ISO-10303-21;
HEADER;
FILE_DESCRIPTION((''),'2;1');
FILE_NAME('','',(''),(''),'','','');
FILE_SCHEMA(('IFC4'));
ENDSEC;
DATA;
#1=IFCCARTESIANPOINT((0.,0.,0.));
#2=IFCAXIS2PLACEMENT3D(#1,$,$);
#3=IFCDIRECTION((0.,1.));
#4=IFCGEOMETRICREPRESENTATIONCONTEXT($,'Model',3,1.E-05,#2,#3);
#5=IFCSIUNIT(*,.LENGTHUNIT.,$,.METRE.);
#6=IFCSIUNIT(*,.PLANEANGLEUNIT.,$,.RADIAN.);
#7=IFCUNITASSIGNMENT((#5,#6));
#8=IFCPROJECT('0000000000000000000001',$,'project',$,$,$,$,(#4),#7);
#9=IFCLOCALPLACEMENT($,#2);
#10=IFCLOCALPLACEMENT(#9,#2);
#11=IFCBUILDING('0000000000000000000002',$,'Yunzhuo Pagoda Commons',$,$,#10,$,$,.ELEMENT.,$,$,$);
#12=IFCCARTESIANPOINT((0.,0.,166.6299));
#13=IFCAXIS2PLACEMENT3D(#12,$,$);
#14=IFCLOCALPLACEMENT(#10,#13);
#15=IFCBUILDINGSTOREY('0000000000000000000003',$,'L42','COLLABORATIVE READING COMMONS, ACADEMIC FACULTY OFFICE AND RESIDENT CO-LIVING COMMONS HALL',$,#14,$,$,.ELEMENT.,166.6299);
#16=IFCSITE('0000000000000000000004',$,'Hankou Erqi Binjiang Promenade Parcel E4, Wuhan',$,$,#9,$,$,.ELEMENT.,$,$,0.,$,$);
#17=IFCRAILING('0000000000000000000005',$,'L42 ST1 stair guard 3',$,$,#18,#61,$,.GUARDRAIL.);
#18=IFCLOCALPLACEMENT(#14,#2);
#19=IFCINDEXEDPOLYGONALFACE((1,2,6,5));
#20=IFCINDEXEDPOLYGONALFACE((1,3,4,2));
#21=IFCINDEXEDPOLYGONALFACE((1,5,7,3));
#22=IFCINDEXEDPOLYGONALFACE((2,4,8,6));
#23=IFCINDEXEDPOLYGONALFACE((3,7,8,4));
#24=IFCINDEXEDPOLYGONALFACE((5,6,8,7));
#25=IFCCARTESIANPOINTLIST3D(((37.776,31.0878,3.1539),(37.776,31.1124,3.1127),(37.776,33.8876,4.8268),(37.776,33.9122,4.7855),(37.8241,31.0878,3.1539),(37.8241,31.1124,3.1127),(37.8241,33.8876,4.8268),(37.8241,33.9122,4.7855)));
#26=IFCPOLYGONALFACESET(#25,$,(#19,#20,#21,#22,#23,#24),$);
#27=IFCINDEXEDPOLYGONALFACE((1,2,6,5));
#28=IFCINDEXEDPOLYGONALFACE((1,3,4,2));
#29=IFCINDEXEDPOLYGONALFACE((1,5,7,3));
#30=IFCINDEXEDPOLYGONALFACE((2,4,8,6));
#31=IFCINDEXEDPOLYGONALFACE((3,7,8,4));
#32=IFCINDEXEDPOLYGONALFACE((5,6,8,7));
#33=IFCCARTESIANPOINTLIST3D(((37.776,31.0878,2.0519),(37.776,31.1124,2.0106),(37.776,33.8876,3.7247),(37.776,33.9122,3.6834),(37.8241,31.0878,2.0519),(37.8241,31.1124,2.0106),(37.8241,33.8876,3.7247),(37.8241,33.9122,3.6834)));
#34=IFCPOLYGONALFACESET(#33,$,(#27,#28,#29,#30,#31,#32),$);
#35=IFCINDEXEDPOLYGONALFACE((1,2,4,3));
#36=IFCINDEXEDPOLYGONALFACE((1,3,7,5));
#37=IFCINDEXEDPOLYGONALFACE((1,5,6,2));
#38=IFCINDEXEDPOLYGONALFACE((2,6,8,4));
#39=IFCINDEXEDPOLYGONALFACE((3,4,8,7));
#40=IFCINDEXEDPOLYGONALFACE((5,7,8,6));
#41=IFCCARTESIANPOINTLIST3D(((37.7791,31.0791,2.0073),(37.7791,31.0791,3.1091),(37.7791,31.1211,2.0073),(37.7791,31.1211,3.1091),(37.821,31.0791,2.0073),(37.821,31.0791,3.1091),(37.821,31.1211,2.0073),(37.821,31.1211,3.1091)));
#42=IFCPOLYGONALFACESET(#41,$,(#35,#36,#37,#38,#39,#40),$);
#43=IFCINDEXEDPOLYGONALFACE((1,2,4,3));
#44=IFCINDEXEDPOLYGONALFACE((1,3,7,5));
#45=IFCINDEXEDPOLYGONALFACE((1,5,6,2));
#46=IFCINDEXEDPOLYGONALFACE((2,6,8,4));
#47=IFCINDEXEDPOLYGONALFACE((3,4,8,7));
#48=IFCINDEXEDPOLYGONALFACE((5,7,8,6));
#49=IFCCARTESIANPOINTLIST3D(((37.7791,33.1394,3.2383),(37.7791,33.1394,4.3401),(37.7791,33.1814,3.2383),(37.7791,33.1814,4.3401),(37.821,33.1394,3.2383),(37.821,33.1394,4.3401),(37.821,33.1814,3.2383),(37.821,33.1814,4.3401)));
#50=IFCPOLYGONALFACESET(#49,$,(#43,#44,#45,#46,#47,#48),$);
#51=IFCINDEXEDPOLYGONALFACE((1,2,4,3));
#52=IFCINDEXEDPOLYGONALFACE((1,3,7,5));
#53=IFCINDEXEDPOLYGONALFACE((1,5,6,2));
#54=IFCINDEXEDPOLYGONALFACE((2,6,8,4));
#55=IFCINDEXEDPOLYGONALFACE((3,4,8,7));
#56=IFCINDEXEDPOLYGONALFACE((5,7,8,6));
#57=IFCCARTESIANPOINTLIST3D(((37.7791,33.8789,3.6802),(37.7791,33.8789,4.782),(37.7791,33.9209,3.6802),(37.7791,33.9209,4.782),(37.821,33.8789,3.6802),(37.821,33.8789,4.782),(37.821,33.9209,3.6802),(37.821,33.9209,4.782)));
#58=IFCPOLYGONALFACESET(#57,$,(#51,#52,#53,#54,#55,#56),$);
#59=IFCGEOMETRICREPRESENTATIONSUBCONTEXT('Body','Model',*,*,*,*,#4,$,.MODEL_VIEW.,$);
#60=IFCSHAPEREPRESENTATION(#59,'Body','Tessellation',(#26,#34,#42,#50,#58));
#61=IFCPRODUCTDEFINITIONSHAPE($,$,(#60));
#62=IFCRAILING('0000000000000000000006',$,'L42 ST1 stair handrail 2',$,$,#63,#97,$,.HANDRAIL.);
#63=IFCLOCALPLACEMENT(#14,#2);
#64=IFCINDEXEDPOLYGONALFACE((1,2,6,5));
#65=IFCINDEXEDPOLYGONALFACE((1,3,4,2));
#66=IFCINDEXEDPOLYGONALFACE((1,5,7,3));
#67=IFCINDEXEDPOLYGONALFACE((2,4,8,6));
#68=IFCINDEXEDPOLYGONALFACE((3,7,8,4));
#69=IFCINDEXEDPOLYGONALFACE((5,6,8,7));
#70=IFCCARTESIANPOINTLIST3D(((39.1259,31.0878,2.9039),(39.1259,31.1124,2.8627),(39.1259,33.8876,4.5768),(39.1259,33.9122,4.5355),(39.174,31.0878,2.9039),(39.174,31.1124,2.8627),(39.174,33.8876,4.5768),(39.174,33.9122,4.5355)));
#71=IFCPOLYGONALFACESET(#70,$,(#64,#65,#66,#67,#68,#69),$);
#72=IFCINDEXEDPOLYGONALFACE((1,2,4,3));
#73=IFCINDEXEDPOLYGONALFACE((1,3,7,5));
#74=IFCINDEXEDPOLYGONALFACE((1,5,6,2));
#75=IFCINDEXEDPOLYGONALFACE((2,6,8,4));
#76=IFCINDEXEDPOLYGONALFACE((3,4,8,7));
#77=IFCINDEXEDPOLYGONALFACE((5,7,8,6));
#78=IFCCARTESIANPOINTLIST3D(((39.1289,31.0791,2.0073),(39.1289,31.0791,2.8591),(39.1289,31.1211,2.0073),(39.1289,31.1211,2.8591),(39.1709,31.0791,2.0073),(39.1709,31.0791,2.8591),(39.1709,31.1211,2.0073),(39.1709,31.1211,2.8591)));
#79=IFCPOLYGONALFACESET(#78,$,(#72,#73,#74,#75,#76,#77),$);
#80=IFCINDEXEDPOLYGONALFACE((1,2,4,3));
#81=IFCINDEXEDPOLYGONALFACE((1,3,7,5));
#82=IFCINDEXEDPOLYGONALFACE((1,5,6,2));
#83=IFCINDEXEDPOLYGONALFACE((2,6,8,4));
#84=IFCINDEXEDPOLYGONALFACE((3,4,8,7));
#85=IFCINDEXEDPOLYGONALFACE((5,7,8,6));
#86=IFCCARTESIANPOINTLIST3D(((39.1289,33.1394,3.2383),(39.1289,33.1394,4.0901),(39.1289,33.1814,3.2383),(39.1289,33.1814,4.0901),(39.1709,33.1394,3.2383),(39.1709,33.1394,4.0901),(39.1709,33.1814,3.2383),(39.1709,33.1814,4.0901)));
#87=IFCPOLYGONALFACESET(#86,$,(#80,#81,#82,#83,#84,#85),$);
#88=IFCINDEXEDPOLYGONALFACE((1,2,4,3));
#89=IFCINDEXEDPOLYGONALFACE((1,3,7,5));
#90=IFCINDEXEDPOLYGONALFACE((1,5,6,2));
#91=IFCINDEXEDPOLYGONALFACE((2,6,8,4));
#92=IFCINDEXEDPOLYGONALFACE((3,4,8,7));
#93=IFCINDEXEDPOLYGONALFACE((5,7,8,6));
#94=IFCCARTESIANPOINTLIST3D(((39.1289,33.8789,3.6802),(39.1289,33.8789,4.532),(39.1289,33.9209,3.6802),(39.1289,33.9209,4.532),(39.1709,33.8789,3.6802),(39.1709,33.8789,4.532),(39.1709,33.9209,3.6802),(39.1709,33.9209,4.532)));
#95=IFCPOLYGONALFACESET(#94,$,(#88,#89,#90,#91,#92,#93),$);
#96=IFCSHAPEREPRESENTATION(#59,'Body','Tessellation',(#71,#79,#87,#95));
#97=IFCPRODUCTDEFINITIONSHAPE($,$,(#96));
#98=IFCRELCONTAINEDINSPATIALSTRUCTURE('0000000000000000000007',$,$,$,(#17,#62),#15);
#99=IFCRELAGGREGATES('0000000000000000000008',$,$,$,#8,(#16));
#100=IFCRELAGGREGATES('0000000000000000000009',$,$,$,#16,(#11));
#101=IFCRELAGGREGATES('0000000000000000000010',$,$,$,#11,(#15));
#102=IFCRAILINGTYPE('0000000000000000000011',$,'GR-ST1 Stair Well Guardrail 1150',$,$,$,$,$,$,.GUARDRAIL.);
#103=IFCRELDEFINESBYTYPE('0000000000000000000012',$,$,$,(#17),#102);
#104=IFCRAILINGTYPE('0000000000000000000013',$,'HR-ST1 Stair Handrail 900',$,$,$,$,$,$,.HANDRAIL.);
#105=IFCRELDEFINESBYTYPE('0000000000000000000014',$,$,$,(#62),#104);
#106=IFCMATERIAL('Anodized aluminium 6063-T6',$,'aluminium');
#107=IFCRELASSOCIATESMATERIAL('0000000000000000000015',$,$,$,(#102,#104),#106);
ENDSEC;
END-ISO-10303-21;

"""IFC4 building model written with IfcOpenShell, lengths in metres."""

from ifc_helpers import new_model, si_unit, direction, frame, origin, origin_2d, place, context, subcontext, project, spatial, rectangle, extrude, material, type_object, element, save


model = new_model("IFC4")

# Units and contexts
model_context = context("Model", 3, precision=1e-05, world=origin(), true_north=direction((0.0, 1.0)))
body_context = subcontext(model_context, "Body", "Model", "MODEL_VIEW")
ifc_project = project(units=[si_unit("LENGTHUNIT", "METRE"), si_unit("PLANEANGLEUNIT", "RADIAN")], contexts=[model_context])

# Site, building, storey
site_placement = place(None, origin())
site = spatial("IfcSite", under=ifc_project, at=site_placement, Name="Hankou Erqi Binjiang Promenade Parcel E4, Wuhan", CompositionType="ELEMENT", RefElevation=0.0)
building_placement = place(site_placement, origin())
building = spatial("IfcBuilding", under=site, at=building_placement, Name="Yunzhuo Pagoda Commons", CompositionType="ELEMENT")
storey_placement = place(building_placement, frame((0.0, 0.0, 166.6299)))
storey = spatial("IfcBuildingStorey", under=building, at=storey_placement, Name="L42", Description="COLLABORATIVE READING COMMONS, ACADEMIC FACULTY OFFICE AND RESIDENT CO-LIVING COMMONS HALL", CompositionType="ELEMENT", Elevation=166.6299)

# Railings
ifc_material_1 = material(Name="Anodized aluminium 6063-T6", Category="aluminium")
railing_type_1 = type_object("IfcRailingType", Name="GR-ST1 Stair Well Guardrail 1150", PredefinedType="GUARDRAIL", material=ifc_material_1)
railing_1_placement = place(storey_placement, frame((37.8, 31.1001, 2.0073)))
element("IfcRailing", 1, at=railing_1_placement, inside=storey, type_object=railing_type_1, Name="L42 ST1 stair guard 3", PredefinedType="GUARDRAIL", context=body_context, shape_type="SweptSolid", body=[
    extrude(rectangle(XDim=0.0481, YDim=0.0481, at=origin_2d()), frame((0.0, 0.0, 1.126), z_axis=(0.0, 0.858443, 0.51291), x_axis=(-1.0, 0.0, 0.0)), (0.0, 0.0, 1.0), 3.2615),
    extrude(rectangle(XDim=0.0481, YDim=0.0481, at=origin_2d()), frame((0.0, 0.0, 0.0239), z_axis=(0.0, 0.858443, 0.51291), x_axis=(-1.0, 0.0, 0.0)), (0.0, 0.0, 1.0), 3.2615),
    extrude(rectangle(XDim=0.042, YDim=0.042, at=origin_2d()), origin(), (0.0, 0.0, 1.0), 1.1018),
    extrude(rectangle(XDim=0.042, YDim=0.042, at=origin_2d()), frame((0.0, 2.0603, 1.231)), (0.0, 0.0, 1.0), 1.1018),
    extrude(rectangle(XDim=0.042, YDim=0.042, at=origin_2d()), frame((0.0, 2.7998, 1.6729)), (0.0, 0.0, 1.0), 1.1018),
])
railing_type_2 = type_object("IfcRailingType", Name="HR-ST1 Stair Handrail 900", PredefinedType="HANDRAIL", material=ifc_material_1)
railing_2_placement = place(storey_placement, frame((39.1499, 31.1001, 2.0073)))
element("IfcRailing", 2, at=railing_2_placement, inside=storey, type_object=railing_type_2, Name="L42 ST1 stair handrail 2", PredefinedType="HANDRAIL", context=body_context, shape_type="SweptSolid", body=[
    extrude(rectangle(XDim=0.0481, YDim=0.0481, at=origin_2d()), frame((0.0, 0.0, 0.876), z_axis=(0.0, 0.858443, 0.51291), x_axis=(-1.0, 0.0, 0.0)), (0.0, 0.0, 1.0), 3.2615),
    extrude(rectangle(XDim=0.042, YDim=0.042, at=origin_2d()), origin(), (0.0, 0.0, 1.0), 0.8518),
    extrude(rectangle(XDim=0.042, YDim=0.042, at=origin_2d()), frame((0.0, 2.0603, 1.231)), (0.0, 0.0, 1.0), 0.8518),
    extrude(rectangle(XDim=0.042, YDim=0.042, at=origin_2d()), frame((0.0, 2.7998, 1.6729)), (0.0, 0.0, 1.0), 0.8518),
])

save(model, "model.ifc")
